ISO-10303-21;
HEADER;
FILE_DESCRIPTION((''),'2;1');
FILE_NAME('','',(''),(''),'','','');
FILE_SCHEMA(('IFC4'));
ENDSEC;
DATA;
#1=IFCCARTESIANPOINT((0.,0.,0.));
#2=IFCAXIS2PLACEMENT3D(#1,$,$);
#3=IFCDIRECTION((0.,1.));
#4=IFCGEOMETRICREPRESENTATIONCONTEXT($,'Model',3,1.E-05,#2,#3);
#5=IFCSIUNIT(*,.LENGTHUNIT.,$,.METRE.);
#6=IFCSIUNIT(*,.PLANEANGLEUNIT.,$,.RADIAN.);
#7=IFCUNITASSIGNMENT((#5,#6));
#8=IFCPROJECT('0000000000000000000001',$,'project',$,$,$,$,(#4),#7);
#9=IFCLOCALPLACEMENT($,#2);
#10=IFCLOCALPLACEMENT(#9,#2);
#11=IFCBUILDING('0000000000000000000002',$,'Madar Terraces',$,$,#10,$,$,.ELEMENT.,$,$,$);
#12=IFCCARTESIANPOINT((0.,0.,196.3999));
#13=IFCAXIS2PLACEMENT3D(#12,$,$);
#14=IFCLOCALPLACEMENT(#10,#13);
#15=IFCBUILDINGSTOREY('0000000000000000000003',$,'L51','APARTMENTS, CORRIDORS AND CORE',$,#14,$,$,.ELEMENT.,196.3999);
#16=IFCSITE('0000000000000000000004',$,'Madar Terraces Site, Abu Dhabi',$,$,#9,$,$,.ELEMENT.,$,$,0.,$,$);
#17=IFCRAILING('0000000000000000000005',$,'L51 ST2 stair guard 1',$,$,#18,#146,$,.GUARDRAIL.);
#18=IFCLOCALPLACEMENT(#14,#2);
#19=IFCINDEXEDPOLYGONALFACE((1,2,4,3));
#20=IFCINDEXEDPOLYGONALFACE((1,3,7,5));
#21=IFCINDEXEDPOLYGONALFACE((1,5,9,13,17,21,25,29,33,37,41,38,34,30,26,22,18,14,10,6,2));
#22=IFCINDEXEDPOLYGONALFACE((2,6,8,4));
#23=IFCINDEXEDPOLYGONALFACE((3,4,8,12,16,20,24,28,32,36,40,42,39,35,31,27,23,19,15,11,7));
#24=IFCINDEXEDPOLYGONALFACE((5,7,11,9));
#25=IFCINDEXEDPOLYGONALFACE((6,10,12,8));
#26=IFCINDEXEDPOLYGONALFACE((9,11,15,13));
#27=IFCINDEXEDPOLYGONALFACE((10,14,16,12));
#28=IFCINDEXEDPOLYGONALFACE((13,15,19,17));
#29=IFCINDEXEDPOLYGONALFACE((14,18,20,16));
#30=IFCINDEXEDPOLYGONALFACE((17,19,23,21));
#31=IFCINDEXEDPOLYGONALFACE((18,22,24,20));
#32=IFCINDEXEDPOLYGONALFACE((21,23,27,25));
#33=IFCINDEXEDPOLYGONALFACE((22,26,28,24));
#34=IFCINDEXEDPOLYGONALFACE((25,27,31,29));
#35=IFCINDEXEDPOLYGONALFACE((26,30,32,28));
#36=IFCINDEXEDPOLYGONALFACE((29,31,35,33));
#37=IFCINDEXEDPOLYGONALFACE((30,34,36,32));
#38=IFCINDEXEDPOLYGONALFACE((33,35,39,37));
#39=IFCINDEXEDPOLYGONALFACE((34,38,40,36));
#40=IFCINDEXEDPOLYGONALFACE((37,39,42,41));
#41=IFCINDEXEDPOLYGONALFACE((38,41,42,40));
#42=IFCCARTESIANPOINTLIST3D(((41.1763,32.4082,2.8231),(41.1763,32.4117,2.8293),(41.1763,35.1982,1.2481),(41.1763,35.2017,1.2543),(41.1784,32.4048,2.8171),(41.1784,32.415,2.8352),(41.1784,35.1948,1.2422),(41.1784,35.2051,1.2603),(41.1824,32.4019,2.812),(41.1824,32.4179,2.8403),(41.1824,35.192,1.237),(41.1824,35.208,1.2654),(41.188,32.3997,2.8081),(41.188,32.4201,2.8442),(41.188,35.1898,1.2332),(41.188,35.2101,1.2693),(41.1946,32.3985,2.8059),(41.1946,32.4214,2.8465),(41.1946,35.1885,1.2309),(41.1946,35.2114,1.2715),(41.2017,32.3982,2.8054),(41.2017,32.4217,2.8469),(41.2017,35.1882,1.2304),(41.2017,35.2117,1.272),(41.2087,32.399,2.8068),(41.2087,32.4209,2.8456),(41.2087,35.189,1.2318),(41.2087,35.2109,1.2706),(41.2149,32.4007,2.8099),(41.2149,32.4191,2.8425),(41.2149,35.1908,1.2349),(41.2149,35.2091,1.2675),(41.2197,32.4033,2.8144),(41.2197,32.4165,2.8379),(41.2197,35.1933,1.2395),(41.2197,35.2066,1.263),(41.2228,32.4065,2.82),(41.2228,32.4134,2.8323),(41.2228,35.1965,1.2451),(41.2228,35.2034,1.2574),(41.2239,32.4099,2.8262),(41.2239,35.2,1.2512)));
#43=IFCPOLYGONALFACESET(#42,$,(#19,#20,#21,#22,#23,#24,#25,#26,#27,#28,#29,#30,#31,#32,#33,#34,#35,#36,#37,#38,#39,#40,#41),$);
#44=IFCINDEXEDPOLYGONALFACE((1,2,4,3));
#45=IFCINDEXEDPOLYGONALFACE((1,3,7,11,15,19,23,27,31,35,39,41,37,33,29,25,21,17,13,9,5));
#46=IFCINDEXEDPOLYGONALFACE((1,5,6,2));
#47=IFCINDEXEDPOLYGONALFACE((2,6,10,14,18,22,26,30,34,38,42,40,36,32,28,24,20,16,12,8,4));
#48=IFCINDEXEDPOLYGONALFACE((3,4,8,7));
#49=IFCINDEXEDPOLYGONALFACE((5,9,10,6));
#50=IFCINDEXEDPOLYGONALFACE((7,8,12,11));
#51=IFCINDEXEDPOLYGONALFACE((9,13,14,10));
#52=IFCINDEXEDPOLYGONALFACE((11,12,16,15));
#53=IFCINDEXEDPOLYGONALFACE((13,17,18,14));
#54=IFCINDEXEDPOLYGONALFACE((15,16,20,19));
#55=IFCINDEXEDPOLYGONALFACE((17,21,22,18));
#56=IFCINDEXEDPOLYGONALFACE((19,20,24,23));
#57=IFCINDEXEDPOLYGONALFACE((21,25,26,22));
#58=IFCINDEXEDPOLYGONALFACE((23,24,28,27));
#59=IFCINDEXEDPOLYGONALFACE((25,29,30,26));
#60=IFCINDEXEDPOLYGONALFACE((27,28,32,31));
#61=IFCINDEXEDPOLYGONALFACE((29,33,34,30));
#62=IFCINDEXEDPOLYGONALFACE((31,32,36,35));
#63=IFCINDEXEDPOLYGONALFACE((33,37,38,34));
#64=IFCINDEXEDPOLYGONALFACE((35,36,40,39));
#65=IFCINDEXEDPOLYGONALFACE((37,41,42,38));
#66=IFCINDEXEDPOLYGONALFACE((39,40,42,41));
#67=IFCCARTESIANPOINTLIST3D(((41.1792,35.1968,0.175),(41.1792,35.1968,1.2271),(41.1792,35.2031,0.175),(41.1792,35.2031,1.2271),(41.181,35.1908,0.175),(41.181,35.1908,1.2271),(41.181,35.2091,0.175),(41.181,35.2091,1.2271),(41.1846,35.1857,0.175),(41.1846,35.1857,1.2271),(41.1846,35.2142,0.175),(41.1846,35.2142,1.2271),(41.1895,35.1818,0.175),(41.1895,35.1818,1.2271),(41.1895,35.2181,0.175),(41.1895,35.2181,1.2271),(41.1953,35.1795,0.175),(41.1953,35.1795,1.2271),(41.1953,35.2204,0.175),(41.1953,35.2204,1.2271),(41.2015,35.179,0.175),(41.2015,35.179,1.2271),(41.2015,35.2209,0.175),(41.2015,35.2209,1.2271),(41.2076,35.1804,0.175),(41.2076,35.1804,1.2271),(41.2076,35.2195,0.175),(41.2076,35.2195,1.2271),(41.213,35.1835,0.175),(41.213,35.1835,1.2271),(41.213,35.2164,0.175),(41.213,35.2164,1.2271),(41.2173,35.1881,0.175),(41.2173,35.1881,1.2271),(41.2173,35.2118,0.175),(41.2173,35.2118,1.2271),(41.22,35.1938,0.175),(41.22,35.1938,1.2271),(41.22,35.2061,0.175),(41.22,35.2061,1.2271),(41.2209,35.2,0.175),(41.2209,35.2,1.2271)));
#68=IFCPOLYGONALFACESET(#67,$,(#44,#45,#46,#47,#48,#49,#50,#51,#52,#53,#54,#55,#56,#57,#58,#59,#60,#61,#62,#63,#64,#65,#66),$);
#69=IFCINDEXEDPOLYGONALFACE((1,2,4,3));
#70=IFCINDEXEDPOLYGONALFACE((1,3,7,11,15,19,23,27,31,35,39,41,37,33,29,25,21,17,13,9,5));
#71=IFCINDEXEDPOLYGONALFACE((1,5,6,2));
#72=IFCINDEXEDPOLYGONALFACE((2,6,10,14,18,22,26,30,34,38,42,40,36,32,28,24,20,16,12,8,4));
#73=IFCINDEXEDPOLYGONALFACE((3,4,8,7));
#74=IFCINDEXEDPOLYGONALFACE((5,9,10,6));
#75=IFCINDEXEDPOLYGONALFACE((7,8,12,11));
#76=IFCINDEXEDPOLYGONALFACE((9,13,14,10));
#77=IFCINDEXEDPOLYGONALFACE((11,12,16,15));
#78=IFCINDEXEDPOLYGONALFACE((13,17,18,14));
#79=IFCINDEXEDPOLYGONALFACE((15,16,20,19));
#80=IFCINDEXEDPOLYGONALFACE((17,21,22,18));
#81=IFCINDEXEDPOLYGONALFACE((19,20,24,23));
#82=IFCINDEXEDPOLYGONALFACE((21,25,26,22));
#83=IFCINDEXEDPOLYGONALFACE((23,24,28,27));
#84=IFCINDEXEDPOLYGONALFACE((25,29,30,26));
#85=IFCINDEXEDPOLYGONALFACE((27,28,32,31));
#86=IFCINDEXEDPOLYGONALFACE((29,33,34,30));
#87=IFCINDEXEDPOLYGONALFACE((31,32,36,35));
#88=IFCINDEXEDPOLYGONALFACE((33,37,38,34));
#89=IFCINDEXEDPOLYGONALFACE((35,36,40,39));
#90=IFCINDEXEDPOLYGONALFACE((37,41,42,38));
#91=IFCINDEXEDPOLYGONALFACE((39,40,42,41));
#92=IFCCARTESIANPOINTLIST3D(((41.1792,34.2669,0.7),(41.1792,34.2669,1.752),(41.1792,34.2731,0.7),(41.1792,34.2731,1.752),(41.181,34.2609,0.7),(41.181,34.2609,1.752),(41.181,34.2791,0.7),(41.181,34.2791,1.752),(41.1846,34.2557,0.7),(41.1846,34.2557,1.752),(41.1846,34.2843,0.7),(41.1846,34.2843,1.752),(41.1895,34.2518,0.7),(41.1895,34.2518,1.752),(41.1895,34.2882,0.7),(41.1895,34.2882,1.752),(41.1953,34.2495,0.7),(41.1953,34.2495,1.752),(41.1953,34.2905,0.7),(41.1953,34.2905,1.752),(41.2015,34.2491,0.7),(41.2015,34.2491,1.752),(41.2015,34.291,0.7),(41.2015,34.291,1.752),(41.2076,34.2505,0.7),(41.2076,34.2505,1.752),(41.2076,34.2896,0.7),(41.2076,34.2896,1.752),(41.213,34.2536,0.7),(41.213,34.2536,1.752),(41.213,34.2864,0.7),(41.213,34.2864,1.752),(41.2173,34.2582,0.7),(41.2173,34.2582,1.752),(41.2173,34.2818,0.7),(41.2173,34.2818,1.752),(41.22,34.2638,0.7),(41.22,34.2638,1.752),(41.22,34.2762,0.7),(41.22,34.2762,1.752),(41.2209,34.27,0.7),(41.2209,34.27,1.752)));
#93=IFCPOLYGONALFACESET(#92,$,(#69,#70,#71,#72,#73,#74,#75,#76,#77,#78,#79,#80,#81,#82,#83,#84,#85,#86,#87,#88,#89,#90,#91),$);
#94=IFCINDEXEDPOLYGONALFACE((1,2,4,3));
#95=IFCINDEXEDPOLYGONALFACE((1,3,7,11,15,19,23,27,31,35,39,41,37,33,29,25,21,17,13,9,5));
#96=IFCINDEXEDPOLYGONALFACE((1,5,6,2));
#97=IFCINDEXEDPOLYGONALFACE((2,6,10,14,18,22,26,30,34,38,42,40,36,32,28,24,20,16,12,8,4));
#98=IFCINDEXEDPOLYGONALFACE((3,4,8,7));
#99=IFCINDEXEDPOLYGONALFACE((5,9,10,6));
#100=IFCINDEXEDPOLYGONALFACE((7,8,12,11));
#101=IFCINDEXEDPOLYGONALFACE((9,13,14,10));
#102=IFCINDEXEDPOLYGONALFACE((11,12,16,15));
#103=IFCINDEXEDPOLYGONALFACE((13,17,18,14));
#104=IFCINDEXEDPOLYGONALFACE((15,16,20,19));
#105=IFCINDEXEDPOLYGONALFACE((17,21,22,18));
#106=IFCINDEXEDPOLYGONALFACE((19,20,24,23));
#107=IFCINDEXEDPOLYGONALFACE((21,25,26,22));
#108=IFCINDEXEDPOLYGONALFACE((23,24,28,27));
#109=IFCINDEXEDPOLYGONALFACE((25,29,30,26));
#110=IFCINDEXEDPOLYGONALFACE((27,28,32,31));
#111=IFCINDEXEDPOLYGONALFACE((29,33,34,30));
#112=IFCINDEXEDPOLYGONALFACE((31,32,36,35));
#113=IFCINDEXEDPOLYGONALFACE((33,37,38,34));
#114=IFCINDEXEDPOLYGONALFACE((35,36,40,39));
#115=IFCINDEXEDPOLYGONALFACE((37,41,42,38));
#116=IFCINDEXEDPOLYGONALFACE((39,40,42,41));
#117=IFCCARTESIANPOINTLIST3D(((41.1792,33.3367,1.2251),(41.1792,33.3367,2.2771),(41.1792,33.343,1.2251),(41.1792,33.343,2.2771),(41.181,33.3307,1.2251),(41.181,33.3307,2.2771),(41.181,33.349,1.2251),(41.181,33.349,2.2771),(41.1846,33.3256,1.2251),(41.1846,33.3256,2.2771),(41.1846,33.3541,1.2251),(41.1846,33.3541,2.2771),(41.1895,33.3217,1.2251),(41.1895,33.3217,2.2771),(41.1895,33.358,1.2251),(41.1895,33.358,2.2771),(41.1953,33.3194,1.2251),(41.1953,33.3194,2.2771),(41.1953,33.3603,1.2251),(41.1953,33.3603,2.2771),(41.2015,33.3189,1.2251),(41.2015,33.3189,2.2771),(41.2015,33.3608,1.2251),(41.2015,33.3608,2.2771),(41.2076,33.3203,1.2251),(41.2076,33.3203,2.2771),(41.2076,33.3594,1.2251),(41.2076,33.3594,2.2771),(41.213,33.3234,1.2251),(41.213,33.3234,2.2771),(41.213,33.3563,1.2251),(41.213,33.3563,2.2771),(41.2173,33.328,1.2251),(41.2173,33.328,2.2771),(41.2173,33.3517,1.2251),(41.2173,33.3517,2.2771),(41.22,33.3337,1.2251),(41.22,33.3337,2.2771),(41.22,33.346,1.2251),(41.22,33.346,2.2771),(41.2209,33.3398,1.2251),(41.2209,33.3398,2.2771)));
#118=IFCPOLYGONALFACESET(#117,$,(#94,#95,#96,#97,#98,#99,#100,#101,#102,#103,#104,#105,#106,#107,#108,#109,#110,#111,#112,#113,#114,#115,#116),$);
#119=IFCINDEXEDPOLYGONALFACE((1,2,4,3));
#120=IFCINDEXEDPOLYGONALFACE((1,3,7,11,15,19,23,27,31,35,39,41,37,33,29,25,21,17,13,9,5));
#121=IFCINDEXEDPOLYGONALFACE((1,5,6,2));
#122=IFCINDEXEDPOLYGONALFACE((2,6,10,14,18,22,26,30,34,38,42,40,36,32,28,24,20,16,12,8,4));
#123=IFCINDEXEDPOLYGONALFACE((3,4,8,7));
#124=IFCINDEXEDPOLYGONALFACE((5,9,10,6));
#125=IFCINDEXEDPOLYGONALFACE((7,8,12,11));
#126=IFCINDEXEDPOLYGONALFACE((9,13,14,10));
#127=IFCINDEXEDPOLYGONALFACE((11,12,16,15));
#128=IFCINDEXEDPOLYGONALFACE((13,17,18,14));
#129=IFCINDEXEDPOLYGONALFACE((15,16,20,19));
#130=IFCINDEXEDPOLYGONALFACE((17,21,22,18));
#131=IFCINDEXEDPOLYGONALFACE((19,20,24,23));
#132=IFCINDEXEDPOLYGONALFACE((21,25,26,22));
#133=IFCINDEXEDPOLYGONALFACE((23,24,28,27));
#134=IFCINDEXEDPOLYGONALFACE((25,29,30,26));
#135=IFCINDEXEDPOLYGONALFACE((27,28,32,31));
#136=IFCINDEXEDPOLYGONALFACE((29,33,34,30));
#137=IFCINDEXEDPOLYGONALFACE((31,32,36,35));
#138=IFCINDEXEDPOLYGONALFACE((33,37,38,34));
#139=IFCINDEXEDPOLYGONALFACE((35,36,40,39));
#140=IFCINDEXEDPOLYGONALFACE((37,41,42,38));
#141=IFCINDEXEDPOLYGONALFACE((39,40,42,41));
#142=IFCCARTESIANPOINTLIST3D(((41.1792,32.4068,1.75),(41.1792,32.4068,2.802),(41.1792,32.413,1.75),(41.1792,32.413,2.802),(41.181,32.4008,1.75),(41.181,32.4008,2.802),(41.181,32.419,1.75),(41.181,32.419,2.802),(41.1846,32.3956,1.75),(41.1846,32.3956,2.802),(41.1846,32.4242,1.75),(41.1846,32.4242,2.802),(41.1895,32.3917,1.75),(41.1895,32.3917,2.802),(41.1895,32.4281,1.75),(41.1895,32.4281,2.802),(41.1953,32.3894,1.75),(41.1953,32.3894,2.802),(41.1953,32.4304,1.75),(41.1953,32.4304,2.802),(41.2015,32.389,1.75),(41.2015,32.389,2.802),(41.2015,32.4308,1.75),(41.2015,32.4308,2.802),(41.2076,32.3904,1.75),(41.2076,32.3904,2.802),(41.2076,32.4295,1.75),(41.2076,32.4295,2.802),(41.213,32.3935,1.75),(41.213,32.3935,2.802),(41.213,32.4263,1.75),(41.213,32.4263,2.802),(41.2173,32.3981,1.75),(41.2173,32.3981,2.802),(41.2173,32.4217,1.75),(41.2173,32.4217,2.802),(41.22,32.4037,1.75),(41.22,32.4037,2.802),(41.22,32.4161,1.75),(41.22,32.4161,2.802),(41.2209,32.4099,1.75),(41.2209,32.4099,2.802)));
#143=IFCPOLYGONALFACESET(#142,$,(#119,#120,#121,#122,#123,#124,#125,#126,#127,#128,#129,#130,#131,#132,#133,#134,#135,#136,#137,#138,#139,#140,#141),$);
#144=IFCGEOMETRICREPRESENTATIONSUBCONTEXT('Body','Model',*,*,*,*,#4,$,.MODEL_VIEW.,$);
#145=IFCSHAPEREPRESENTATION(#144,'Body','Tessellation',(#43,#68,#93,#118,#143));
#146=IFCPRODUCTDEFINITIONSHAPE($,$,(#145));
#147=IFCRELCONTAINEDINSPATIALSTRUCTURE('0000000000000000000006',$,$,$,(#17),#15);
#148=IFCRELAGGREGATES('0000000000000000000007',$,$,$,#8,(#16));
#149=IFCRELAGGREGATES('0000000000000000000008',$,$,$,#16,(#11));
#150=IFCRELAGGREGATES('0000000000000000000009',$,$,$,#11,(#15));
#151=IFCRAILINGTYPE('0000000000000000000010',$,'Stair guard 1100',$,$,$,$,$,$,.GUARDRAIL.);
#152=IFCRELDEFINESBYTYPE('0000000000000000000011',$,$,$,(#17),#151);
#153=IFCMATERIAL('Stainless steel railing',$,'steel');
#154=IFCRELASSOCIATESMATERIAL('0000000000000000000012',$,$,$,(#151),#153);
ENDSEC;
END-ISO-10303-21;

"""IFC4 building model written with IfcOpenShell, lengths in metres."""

from ifc_helpers import new_model, si_unit, direction, frame, origin, origin_2d, place, context, subcontext, project, spatial, circle, extrude, material, type_object, element, save


model = new_model("IFC4")

# Units and contexts
model_context = context("Model", 3, precision=1e-05, world=origin(), true_north=direction((0.0, 1.0)))
body_context = subcontext(model_context, "Body", "Model", "MODEL_VIEW")
ifc_project = project(units=[si_unit("LENGTHUNIT", "METRE"), si_unit("PLANEANGLEUNIT", "RADIAN")], contexts=[model_context])

# Site, building, storey
site_placement = place(None, origin())
site = spatial("IfcSite", under=ifc_project, at=site_placement, Name="Madar Terraces Site, Abu Dhabi", CompositionType="ELEMENT", RefElevation=0.0)
building_placement = place(site_placement, origin())
building = spatial("IfcBuilding", under=site, at=building_placement, Name="Madar Terraces", CompositionType="ELEMENT")
storey_placement = place(building_placement, frame((0.0, 0.0, 196.3999)))
storey = spatial("IfcBuildingStorey", under=building, at=storey_placement, Name="L51", Description="APARTMENTS, CORRIDORS AND CORE", CompositionType="ELEMENT", Elevation=196.3999)

# Railing
ifc_material_1 = material(Name="Stainless steel railing", Category="steel")
railing_type_1 = type_object("IfcRailingType", Name="Stair guard 1100", PredefinedType="GUARDRAIL", material=ifc_material_1)
railing_1_placement = place(storey_placement, frame((41.2, 35.2, 0.175)))
element("IfcRailing", 1, at=railing_1_placement, inside=storey, type_object=railing_type_1, Name="L51 ST2 stair guard 1", PredefinedType="GUARDRAIL", context=body_context, shape_type="SweptSolid", body=[
    extrude(circle(Radius=0.0239, at=origin_2d()), frame((0.0, 0.0, 1.0762), z_axis=(0.0, -0.870834, 0.491578), x_axis=(1.0, 0.0, 0.0)), (0.0, 0.0, 1.0), 3.2039),
    extrude(circle(Radius=0.021, at=origin_2d()), origin(), (0.0, 0.0, 1.0), 1.052),
    extrude(circle(Radius=0.021, at=origin_2d()), frame((0.0, -0.9299, 0.5249)), (0.0, 0.0, 1.0), 1.052),
    extrude(circle(Radius=0.021, at=origin_2d()), frame((0.0, -1.8601, 1.05)), (0.0, 0.0, 1.0), 1.052),
    extrude(circle(Radius=0.021, at=origin_2d()), frame((0.0, -2.79, 1.575)), (0.0, 0.0, 1.0), 1.052),
])

save(model, "model.ifc")
